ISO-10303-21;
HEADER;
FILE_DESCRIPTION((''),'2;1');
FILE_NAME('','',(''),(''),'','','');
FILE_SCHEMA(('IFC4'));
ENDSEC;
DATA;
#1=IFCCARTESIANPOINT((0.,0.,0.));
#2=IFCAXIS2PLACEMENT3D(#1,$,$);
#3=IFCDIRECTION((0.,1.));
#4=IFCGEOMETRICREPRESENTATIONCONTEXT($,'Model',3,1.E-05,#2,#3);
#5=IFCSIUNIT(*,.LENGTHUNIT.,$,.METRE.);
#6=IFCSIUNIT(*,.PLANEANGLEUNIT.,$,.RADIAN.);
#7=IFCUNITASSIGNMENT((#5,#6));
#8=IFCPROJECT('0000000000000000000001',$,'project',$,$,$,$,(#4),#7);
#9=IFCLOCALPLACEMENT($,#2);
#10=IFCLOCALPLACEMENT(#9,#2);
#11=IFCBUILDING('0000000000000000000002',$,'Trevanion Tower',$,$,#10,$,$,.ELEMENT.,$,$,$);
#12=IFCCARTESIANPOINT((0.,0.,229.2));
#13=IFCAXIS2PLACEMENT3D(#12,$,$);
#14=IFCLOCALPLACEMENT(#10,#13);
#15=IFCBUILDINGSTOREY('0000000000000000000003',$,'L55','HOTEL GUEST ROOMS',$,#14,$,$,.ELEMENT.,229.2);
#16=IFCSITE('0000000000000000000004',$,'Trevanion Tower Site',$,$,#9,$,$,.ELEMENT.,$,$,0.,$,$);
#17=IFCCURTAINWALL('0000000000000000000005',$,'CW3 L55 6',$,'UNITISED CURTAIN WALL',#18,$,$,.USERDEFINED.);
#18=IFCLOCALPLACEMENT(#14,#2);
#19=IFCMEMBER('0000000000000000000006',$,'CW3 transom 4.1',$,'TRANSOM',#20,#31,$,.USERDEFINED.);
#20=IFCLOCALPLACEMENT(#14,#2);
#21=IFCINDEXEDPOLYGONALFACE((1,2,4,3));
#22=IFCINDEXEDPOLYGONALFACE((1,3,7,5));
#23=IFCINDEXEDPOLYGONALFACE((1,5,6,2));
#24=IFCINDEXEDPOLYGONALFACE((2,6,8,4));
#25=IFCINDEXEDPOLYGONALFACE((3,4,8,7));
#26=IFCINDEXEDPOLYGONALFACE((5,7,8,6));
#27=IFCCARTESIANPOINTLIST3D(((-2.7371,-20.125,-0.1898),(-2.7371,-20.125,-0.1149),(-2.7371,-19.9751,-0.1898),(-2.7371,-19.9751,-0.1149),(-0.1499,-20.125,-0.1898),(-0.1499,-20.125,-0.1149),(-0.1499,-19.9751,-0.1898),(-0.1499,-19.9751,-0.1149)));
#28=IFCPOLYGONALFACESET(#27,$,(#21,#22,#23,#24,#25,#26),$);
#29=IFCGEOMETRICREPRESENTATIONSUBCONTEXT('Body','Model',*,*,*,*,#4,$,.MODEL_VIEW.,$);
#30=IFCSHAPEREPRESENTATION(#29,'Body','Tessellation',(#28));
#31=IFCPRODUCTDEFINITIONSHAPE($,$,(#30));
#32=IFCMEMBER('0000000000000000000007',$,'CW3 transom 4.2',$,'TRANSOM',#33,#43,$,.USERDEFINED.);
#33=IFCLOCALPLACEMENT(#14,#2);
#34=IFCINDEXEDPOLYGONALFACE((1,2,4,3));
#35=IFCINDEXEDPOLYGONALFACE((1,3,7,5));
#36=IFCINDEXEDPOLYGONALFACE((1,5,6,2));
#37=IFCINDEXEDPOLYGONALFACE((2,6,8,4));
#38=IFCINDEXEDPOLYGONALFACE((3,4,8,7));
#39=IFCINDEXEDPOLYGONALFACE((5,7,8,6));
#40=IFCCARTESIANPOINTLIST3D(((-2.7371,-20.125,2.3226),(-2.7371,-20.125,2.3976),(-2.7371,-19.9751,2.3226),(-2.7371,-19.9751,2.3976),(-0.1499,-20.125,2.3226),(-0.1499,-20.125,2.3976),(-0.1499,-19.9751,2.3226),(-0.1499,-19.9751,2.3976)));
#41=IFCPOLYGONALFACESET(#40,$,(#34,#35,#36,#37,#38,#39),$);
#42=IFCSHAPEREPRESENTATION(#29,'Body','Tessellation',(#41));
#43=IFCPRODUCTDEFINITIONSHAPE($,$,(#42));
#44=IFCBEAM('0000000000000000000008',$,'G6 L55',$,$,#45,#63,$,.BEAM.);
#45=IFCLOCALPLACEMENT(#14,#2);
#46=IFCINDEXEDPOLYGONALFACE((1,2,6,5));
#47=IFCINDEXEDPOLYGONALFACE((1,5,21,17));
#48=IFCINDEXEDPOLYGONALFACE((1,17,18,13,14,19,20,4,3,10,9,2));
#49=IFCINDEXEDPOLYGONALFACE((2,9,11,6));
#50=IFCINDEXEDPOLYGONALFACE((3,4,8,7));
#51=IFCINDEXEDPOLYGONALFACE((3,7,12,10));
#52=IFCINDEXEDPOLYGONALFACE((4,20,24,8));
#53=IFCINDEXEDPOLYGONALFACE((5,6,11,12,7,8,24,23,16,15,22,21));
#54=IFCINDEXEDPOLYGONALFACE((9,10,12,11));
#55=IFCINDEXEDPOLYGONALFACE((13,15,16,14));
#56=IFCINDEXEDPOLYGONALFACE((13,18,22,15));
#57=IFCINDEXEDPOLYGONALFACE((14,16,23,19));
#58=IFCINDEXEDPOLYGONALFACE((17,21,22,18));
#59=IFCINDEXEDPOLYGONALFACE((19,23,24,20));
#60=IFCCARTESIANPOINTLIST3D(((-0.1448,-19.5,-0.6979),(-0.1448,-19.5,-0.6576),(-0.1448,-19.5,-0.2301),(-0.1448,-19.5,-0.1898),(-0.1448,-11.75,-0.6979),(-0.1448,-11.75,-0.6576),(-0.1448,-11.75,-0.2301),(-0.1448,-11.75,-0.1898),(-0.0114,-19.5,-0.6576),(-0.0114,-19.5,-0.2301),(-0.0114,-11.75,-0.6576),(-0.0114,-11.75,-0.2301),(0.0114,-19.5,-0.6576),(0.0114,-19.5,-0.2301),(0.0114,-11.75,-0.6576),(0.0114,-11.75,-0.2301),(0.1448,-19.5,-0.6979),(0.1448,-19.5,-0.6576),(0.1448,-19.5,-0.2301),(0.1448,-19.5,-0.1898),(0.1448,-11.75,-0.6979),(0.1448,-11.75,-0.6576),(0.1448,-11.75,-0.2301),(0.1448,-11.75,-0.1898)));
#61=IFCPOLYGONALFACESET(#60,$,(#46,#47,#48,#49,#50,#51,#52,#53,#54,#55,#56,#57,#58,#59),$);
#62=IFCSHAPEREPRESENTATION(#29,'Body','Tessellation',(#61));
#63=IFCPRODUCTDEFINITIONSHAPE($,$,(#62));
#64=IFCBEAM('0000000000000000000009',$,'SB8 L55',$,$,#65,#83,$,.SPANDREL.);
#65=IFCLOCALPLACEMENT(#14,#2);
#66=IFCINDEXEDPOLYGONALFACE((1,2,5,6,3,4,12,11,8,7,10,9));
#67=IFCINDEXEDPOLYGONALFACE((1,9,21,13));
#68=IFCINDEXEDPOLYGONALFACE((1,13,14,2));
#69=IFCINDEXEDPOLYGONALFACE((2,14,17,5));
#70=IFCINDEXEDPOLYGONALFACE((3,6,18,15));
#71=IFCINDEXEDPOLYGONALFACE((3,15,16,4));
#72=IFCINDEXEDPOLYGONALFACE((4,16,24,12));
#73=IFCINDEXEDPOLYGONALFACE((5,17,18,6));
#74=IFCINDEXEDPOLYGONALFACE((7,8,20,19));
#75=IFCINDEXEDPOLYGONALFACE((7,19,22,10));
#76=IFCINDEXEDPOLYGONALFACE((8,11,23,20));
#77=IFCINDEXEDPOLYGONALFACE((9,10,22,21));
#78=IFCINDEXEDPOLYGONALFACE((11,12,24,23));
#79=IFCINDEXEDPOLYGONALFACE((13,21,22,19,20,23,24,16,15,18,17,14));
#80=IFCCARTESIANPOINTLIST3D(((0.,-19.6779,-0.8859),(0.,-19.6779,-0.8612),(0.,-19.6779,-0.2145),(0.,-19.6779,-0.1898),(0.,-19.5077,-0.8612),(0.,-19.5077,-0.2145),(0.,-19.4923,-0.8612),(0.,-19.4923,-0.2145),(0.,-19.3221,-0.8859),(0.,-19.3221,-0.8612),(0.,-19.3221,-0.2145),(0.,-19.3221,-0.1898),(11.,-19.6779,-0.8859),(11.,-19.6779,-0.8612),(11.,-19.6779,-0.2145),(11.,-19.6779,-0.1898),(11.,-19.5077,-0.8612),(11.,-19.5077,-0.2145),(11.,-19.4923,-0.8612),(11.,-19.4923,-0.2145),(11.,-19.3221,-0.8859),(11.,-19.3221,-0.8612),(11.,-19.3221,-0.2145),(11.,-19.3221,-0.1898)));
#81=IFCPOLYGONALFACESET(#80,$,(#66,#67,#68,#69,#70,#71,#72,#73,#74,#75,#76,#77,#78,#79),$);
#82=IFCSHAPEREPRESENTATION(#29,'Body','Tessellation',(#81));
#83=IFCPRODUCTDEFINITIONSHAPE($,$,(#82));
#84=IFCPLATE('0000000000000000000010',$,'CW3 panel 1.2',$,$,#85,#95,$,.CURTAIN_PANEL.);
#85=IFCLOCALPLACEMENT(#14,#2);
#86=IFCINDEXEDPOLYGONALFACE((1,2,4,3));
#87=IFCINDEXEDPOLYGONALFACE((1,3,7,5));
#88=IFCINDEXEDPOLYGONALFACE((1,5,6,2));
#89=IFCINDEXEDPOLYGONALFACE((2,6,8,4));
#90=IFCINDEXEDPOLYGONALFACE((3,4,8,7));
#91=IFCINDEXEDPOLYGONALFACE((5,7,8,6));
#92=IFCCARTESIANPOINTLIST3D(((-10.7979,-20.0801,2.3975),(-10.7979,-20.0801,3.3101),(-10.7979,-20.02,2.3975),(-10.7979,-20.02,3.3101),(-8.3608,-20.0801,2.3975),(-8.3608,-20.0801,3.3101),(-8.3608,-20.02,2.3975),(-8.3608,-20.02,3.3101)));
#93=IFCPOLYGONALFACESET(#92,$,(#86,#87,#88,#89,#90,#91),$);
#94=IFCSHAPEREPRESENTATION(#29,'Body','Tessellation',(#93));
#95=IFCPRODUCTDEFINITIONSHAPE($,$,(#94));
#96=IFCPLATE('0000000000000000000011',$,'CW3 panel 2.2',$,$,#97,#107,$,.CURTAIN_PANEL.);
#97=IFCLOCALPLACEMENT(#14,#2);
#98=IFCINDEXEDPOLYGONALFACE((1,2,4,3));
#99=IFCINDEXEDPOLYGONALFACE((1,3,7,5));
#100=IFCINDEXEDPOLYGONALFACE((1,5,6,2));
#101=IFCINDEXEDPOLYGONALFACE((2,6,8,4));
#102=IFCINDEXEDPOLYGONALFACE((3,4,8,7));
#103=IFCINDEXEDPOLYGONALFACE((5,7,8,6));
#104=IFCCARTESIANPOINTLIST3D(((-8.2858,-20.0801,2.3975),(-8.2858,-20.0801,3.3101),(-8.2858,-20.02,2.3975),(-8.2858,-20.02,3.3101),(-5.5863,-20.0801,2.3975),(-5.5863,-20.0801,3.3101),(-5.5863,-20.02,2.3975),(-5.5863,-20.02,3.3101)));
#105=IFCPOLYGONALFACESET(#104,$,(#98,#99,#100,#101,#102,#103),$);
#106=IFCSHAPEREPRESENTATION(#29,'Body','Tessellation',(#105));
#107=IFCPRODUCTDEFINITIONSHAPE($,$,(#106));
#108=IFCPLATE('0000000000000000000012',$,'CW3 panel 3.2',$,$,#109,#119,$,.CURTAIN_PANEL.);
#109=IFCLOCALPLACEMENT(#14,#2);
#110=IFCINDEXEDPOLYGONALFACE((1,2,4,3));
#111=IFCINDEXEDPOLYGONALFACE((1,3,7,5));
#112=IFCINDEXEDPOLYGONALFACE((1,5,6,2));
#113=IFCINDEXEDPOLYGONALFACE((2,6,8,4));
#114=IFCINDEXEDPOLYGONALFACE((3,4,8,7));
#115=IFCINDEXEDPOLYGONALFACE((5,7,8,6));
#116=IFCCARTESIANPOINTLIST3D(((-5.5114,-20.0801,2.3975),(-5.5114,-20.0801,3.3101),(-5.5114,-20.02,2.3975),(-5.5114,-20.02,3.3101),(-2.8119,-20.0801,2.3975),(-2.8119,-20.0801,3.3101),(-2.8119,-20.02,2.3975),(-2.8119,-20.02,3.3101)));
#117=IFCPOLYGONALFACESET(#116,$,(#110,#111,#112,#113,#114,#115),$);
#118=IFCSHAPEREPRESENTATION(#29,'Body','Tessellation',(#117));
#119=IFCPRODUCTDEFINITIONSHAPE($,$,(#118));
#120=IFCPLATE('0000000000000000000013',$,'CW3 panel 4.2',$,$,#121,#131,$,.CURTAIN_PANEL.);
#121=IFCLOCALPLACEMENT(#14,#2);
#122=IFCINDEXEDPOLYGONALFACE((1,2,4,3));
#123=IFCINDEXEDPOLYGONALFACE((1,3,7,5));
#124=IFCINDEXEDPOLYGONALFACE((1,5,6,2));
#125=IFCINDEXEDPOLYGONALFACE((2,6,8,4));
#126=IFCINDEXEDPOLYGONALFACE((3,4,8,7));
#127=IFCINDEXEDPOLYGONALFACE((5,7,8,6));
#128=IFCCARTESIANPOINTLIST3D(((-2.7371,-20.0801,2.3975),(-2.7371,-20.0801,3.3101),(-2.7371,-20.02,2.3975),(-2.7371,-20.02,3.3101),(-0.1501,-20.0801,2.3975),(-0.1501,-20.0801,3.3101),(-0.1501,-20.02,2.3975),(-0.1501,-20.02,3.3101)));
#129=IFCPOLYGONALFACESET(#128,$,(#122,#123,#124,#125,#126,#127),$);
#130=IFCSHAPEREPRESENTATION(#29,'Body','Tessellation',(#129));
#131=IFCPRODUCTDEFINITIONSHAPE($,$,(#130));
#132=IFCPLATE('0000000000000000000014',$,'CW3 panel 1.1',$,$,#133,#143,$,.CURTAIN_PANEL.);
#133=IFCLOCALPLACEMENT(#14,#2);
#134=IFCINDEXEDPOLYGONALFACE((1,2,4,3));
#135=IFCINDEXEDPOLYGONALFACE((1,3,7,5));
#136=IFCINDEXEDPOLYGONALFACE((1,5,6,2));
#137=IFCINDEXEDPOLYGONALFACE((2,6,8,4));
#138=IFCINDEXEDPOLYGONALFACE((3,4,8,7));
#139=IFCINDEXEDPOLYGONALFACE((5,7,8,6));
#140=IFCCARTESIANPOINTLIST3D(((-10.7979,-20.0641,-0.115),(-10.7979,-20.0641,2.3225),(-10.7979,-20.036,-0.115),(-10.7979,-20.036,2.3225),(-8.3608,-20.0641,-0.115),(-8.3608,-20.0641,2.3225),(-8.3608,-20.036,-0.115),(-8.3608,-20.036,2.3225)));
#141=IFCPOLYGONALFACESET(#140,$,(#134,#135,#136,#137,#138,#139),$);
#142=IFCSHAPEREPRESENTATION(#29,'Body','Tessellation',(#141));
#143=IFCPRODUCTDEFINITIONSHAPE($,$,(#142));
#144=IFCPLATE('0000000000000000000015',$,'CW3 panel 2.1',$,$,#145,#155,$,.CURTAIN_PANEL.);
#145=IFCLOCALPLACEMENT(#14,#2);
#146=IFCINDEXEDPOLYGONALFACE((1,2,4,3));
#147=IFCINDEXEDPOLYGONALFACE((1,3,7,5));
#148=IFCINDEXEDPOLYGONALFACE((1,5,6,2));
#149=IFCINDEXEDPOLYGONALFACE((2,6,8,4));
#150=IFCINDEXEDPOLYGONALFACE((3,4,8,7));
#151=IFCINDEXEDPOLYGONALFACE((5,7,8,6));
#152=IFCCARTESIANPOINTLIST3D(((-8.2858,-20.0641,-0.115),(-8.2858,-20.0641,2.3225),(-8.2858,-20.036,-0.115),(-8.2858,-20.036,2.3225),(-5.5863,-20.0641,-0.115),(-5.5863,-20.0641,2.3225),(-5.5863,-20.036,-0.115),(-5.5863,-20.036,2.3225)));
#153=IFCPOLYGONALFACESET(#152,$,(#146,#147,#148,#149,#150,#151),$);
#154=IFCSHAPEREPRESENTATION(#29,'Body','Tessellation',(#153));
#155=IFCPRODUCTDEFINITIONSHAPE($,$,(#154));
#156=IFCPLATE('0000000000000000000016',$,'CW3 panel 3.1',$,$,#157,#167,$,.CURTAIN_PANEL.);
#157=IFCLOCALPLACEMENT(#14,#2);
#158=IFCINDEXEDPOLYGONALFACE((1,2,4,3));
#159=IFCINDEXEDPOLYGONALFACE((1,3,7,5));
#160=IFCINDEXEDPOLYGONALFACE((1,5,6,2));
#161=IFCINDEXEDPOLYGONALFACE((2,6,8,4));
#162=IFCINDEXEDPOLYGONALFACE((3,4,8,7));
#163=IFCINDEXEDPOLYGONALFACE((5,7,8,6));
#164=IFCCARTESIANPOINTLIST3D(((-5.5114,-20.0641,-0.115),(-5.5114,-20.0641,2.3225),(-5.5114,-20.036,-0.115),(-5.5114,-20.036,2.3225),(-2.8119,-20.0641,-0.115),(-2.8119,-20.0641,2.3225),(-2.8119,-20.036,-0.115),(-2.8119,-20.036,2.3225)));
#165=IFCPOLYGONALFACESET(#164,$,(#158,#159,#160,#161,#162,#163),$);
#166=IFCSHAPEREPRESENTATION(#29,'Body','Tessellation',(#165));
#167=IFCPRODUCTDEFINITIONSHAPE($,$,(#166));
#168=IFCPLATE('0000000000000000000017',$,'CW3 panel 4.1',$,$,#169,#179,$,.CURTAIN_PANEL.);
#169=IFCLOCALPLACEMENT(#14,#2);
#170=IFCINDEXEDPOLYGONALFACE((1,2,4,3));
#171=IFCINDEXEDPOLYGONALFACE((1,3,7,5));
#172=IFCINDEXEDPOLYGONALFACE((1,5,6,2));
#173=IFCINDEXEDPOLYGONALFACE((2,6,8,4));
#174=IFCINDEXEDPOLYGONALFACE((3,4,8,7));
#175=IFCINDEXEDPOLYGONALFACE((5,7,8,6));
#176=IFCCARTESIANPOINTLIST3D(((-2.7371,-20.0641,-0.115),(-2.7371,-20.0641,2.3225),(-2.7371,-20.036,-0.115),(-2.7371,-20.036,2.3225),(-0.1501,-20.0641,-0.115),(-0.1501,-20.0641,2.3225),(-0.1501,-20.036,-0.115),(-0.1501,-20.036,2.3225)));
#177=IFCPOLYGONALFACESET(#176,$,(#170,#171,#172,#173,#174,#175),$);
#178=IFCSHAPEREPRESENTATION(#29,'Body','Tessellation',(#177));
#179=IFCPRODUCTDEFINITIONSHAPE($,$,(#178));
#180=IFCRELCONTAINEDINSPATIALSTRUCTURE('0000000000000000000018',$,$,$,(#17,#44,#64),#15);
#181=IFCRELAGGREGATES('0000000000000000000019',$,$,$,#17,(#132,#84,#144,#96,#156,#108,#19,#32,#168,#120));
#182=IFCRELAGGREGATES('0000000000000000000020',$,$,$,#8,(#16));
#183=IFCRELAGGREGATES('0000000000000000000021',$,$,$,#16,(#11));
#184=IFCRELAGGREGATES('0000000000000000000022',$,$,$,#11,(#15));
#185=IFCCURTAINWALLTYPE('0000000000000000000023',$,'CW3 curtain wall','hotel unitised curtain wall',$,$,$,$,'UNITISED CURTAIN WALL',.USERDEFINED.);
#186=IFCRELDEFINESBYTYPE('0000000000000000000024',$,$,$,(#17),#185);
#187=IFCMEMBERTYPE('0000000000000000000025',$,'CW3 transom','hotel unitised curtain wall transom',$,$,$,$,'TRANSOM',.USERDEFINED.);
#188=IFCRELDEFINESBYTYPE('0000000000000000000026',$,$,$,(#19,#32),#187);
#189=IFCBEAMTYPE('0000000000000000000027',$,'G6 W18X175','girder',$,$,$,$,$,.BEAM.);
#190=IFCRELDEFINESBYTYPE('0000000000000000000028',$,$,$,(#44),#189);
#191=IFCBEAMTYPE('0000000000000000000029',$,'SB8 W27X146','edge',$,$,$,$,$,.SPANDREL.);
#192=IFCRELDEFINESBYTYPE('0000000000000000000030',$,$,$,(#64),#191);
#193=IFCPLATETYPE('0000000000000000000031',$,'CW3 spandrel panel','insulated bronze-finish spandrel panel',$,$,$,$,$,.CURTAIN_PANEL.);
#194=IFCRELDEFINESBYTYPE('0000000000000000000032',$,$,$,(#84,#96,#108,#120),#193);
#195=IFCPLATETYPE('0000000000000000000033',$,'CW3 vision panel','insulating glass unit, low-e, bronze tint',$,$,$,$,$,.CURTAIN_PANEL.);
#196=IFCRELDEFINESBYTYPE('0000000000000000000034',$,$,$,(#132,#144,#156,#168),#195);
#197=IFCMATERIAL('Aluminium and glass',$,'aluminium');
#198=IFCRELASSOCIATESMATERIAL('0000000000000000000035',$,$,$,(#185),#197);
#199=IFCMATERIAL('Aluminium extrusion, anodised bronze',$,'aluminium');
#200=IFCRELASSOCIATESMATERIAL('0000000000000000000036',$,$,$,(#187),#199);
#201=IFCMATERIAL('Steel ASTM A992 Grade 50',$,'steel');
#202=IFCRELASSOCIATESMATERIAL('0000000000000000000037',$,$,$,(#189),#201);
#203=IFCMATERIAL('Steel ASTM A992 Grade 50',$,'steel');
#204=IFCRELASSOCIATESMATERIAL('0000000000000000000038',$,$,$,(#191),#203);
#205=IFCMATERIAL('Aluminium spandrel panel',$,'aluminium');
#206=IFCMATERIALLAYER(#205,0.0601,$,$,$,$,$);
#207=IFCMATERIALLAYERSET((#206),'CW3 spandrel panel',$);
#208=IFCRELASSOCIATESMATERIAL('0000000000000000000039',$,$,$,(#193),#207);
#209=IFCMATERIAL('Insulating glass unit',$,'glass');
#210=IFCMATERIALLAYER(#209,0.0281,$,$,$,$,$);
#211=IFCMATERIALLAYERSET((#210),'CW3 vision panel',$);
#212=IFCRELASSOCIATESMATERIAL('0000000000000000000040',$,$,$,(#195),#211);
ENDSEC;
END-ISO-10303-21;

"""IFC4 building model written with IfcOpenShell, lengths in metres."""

from ifc_helpers import new_model, si_unit, direction, frame, origin, origin_2d, place, context, subcontext, project, spatial, rectangle, i_section, extrude, material, layer, layer_set, material_profile, profile_set, type_object, element, aggregate, save


model = new_model("IFC4")

# Units and contexts
model_context = context("Model", 3, precision=1e-05, world=origin(), true_north=direction((0.0, 1.0)))
body_context = subcontext(model_context, "Body", "Model", "MODEL_VIEW")
ifc_project = project(units=[si_unit("LENGTHUNIT", "METRE"), si_unit("PLANEANGLEUNIT", "RADIAN")], contexts=[model_context])

# Site, building, storey
site_placement = place(None, origin())
site = spatial("IfcSite", under=ifc_project, at=site_placement, Name="Trevanion Tower Site", CompositionType="ELEMENT", RefElevation=0.0)
building_placement = place(site_placement, origin())
building = spatial("IfcBuilding", under=site, at=building_placement, Name="Trevanion Tower", CompositionType="ELEMENT")
storey_placement = place(building_placement, frame((0.0, 0.0, 229.2)))
storey = spatial("IfcBuildingStorey", under=building, at=storey_placement, Name="L55", Description="HOTEL GUEST ROOMS", CompositionType="ELEMENT", Elevation=229.2)

# Curtain wall, members
ifc_material_1 = material(Name="Aluminium and glass", Category="aluminium")
curtain_wall_type = type_object("IfcCurtainWallType", Name="CW3 curtain wall", Description="hotel unitised curtain wall", ElementType="UNITISED CURTAIN WALL", PredefinedType="USERDEFINED", material=ifc_material_1)
curtain_wall_placement = place(storey_placement, origin())
curtain_wall = element("IfcCurtainWall", 1, at=curtain_wall_placement, inside=storey, type_object=curtain_wall_type, Name="CW3 L55 6", ObjectType="UNITISED CURTAIN WALL", PredefinedType="USERDEFINED")
ifc_material_2 = material(Name="Aluminium extrusion, anodised bronze", Category="aluminium")
ifc_material_profile_1 = material_profile(ifc_material_2, rectangle(XDim=0.1499, YDim=0.075, at=origin_2d()), Name="CW3 transom")
ifc_profile_set_1 = profile_set([ifc_material_profile_1], Name="Aluminium extrusion, anodised bronze")
member_type_1 = type_object("IfcMemberType", Name="CW3 transom", Description="hotel unitised curtain wall transom", ElementType="TRANSOM", PredefinedType="USERDEFINED", material=ifc_profile_set_1)
member_1_placement = place(storey_placement, frame((-2.7371, -20.05, -0.1523), z_axis=(1.0, 0.0, 0.0), x_axis=(0.0, 1.0, 0.0)))
member_1 = element("IfcMember", 2, at=member_1_placement, type_object=member_type_1, Name="CW3 transom 4.1", ObjectType="TRANSOM", PredefinedType="USERDEFINED", context=body_context, shape_type="SweptSolid", body=[
    extrude(rectangle(XDim=0.1499, YDim=0.075, at=origin_2d()), origin(), (0.0, 0.0, 1.0), 2.5872),
])
member_2_placement = place(storey_placement, frame((-2.7371, -20.05, 2.3601), z_axis=(1.0, 0.0, 0.0), x_axis=(0.0, 1.0, 0.0)))
member_2 = element("IfcMember", 3, at=member_2_placement, type_object=member_type_1, Name="CW3 transom 4.2", ObjectType="TRANSOM", PredefinedType="USERDEFINED", context=body_context, shape_type="SweptSolid", body=[
    extrude(rectangle(XDim=0.1499, YDim=0.075, at=origin_2d()), origin(), (0.0, 0.0, 1.0), 2.5872),
])

# Beams
ifc_material_3 = material(Name="Steel ASTM A992 Grade 50", Category="steel")
ifc_material_profile_2 = material_profile(ifc_material_3, i_section(OverallWidth=0.2896, OverallDepth=0.5081, WebThickness=0.0227, FlangeThickness=0.0403, at=origin_2d()), Name="W18X175")
ifc_profile_set_2 = profile_set([ifc_material_profile_2], Name="Steel ASTM A992 Grade 50")
beam_type_1 = type_object("IfcBeamType", Name="G6 W18X175", Description="girder", PredefinedType="BEAM", material=ifc_profile_set_2)
beam_1_placement = place(storey_placement, frame((0.0, -11.75, -0.4438), z_axis=(0.0, -1.0, 0.0), x_axis=(1.0, 0.0, 0.0)))
element("IfcBeam", 4, at=beam_1_placement, inside=storey, type_object=beam_type_1, Name="G6 L55", PredefinedType="BEAM", context=body_context, shape_type="SweptSolid", body=[
    extrude(i_section(OverallWidth=0.2896, OverallDepth=0.5081, WebThickness=0.0227, FlangeThickness=0.0403, at=origin_2d()), origin(), (0.0, 0.0, 1.0), 7.75),
])
ifc_material_4 = material(Name="Steel ASTM A992 Grade 50", Category="steel")
ifc_material_profile_3 = material_profile(ifc_material_4, i_section(OverallWidth=0.3557, OverallDepth=0.696, WebThickness=0.0154, FlangeThickness=0.0247, at=origin_2d()), Name="W27X146")
ifc_profile_set_3 = profile_set([ifc_material_profile_3], Name="Steel ASTM A992 Grade 50")
beam_type_2 = type_object("IfcBeamType", Name="SB8 W27X146", Description="edge", PredefinedType="SPANDREL", material=ifc_profile_set_3)
beam_2_placement = place(storey_placement, frame((0.0, -19.5, -0.5378), z_axis=(1.0, 0.0, 0.0), x_axis=(0.0, 1.0, 0.0)))
element("IfcBeam", 5, at=beam_2_placement, inside=storey, type_object=beam_type_2, Name="SB8 L55", PredefinedType="SPANDREL", context=body_context, shape_type="SweptSolid", body=[
    extrude(i_section(OverallWidth=0.3557, OverallDepth=0.696, WebThickness=0.0154, FlangeThickness=0.0247, at=origin_2d()), origin(), (0.0, 0.0, 1.0), 11.0),
])

# Plates
ifc_material_5 = material(Name="Aluminium spandrel panel", Category="aluminium")
ifc_layer_1 = layer(ifc_material_5, 0.0601)
ifc_layer_set_1 = layer_set([ifc_layer_1], Name="CW3 spandrel panel")
plate_type_1 = type_object("IfcPlateType", Name="CW3 spandrel panel", Description="insulated bronze-finish spandrel panel", PredefinedType="CURTAIN_PANEL", material=ifc_layer_set_1)
plate_1_placement = place(storey_placement, frame((-9.5793, -20.05, 2.3975), z_axis=(0.0, 0.0, 1.0), x_axis=(1.0, 0.0, 0.0)))
plate_1 = element("IfcPlate", 6, at=plate_1_placement, type_object=plate_type_1, Name="CW3 panel 1.2", PredefinedType="CURTAIN_PANEL", context=body_context, shape_type="SweptSolid", body=[
    extrude(rectangle(XDim=2.437, YDim=0.0601, at=origin_2d()), origin(), (0.0, 0.0, 1.0), 0.9126),
])
plate_2_placement = place(storey_placement, frame((-6.936, -20.05, 2.3975), z_axis=(0.0, 0.0, 1.0), x_axis=(1.0, 0.0, 0.0)))
plate_2 = element("IfcPlate", 7, at=plate_2_placement, type_object=plate_type_1, Name="CW3 panel 2.2", PredefinedType="CURTAIN_PANEL", context=body_context, shape_type="SweptSolid", body=[
    extrude(rectangle(XDim=2.6995, YDim=0.0601, at=origin_2d()), origin(), (0.0, 0.0, 1.0), 0.9126),
])
plate_3_placement = place(storey_placement, frame((-4.1616, -20.05, 2.3975), z_axis=(0.0, 0.0, 1.0), x_axis=(1.0, 0.0, 0.0)))
plate_3 = element("IfcPlate", 8, at=plate_3_placement, type_object=plate_type_1, Name="CW3 panel 3.2", PredefinedType="CURTAIN_PANEL", context=body_context, shape_type="SweptSolid", body=[
    extrude(rectangle(XDim=2.6995, YDim=0.0601, at=origin_2d()), origin(), (0.0, 0.0, 1.0), 0.9126),
])
plate_4_placement = place(storey_placement, frame((-1.4436, -20.05, 2.3975), z_axis=(0.0, 0.0, 1.0), x_axis=(1.0, 0.0, 0.0)))
plate_4 = element("IfcPlate", 9, at=plate_4_placement, type_object=plate_type_1, Name="CW3 panel 4.2", PredefinedType="CURTAIN_PANEL", context=body_context, shape_type="SweptSolid", body=[
    extrude(rectangle(XDim=2.5869, YDim=0.0601, at=origin_2d()), origin(), (0.0, 0.0, 1.0), 0.9126),
])
ifc_material_6 = material(Name="Insulating glass unit", Category="glass")
ifc_layer_2 = layer(ifc_material_6, 0.0281)
ifc_layer_set_2 = layer_set([ifc_layer_2], Name="CW3 vision panel")
plate_type_2 = type_object("IfcPlateType", Name="CW3 vision panel", Description="insulating glass unit, low-e, bronze tint", PredefinedType="CURTAIN_PANEL", material=ifc_layer_set_2)
plate_5_placement = place(storey_placement, frame((-9.5793, -20.05, -0.115), z_axis=(0.0, 0.0, 1.0), x_axis=(1.0, 0.0, 0.0)))
plate_5 = element("IfcPlate", 10, at=plate_5_placement, type_object=plate_type_2, Name="CW3 panel 1.1", PredefinedType="CURTAIN_PANEL", context=body_context, shape_type="SweptSolid", body=[
    extrude(rectangle(XDim=2.437, YDim=0.0281, at=origin_2d()), origin(), (0.0, 0.0, 1.0), 2.4375),
])
plate_6_placement = place(storey_placement, frame((-6.936, -20.05, -0.115), z_axis=(0.0, 0.0, 1.0), x_axis=(1.0, 0.0, 0.0)))
plate_6 = element("IfcPlate", 11, at=plate_6_placement, type_object=plate_type_2, Name="CW3 panel 2.1", PredefinedType="CURTAIN_PANEL", context=body_context, shape_type="SweptSolid", body=[
    extrude(rectangle(XDim=2.6995, YDim=0.0281, at=origin_2d()), origin(), (0.0, 0.0, 1.0), 2.4375),
])
plate_7_placement = place(storey_placement, frame((-4.1616, -20.05, -0.115), z_axis=(0.0, 0.0, 1.0), x_axis=(1.0, 0.0, 0.0)))
plate_7 = element("IfcPlate", 12, at=plate_7_placement, type_object=plate_type_2, Name="CW3 panel 3.1", PredefinedType="CURTAIN_PANEL", context=body_context, shape_type="SweptSolid", body=[
    extrude(rectangle(XDim=2.6995, YDim=0.0281, at=origin_2d()), origin(), (0.0, 0.0, 1.0), 2.4375),
])
plate_8_placement = place(storey_placement, frame((-1.4436, -20.05, -0.115), z_axis=(0.0, 0.0, 1.0), x_axis=(1.0, 0.0, 0.0)))
plate_8 = element("IfcPlate", 13, at=plate_8_placement, type_object=plate_type_2, Name="CW3 panel 4.1", PredefinedType="CURTAIN_PANEL", context=body_context, shape_type="SweptSolid", body=[
    extrude(rectangle(XDim=2.5869, YDim=0.0281, at=origin_2d()), origin(), (0.0, 0.0, 1.0), 2.4375),
])
aggregate(curtain_wall, [plate_5, plate_1, plate_6, plate_2, plate_7, plate_3, member_1, member_2, plate_8, plate_4])

save(model, "model.ifc")
